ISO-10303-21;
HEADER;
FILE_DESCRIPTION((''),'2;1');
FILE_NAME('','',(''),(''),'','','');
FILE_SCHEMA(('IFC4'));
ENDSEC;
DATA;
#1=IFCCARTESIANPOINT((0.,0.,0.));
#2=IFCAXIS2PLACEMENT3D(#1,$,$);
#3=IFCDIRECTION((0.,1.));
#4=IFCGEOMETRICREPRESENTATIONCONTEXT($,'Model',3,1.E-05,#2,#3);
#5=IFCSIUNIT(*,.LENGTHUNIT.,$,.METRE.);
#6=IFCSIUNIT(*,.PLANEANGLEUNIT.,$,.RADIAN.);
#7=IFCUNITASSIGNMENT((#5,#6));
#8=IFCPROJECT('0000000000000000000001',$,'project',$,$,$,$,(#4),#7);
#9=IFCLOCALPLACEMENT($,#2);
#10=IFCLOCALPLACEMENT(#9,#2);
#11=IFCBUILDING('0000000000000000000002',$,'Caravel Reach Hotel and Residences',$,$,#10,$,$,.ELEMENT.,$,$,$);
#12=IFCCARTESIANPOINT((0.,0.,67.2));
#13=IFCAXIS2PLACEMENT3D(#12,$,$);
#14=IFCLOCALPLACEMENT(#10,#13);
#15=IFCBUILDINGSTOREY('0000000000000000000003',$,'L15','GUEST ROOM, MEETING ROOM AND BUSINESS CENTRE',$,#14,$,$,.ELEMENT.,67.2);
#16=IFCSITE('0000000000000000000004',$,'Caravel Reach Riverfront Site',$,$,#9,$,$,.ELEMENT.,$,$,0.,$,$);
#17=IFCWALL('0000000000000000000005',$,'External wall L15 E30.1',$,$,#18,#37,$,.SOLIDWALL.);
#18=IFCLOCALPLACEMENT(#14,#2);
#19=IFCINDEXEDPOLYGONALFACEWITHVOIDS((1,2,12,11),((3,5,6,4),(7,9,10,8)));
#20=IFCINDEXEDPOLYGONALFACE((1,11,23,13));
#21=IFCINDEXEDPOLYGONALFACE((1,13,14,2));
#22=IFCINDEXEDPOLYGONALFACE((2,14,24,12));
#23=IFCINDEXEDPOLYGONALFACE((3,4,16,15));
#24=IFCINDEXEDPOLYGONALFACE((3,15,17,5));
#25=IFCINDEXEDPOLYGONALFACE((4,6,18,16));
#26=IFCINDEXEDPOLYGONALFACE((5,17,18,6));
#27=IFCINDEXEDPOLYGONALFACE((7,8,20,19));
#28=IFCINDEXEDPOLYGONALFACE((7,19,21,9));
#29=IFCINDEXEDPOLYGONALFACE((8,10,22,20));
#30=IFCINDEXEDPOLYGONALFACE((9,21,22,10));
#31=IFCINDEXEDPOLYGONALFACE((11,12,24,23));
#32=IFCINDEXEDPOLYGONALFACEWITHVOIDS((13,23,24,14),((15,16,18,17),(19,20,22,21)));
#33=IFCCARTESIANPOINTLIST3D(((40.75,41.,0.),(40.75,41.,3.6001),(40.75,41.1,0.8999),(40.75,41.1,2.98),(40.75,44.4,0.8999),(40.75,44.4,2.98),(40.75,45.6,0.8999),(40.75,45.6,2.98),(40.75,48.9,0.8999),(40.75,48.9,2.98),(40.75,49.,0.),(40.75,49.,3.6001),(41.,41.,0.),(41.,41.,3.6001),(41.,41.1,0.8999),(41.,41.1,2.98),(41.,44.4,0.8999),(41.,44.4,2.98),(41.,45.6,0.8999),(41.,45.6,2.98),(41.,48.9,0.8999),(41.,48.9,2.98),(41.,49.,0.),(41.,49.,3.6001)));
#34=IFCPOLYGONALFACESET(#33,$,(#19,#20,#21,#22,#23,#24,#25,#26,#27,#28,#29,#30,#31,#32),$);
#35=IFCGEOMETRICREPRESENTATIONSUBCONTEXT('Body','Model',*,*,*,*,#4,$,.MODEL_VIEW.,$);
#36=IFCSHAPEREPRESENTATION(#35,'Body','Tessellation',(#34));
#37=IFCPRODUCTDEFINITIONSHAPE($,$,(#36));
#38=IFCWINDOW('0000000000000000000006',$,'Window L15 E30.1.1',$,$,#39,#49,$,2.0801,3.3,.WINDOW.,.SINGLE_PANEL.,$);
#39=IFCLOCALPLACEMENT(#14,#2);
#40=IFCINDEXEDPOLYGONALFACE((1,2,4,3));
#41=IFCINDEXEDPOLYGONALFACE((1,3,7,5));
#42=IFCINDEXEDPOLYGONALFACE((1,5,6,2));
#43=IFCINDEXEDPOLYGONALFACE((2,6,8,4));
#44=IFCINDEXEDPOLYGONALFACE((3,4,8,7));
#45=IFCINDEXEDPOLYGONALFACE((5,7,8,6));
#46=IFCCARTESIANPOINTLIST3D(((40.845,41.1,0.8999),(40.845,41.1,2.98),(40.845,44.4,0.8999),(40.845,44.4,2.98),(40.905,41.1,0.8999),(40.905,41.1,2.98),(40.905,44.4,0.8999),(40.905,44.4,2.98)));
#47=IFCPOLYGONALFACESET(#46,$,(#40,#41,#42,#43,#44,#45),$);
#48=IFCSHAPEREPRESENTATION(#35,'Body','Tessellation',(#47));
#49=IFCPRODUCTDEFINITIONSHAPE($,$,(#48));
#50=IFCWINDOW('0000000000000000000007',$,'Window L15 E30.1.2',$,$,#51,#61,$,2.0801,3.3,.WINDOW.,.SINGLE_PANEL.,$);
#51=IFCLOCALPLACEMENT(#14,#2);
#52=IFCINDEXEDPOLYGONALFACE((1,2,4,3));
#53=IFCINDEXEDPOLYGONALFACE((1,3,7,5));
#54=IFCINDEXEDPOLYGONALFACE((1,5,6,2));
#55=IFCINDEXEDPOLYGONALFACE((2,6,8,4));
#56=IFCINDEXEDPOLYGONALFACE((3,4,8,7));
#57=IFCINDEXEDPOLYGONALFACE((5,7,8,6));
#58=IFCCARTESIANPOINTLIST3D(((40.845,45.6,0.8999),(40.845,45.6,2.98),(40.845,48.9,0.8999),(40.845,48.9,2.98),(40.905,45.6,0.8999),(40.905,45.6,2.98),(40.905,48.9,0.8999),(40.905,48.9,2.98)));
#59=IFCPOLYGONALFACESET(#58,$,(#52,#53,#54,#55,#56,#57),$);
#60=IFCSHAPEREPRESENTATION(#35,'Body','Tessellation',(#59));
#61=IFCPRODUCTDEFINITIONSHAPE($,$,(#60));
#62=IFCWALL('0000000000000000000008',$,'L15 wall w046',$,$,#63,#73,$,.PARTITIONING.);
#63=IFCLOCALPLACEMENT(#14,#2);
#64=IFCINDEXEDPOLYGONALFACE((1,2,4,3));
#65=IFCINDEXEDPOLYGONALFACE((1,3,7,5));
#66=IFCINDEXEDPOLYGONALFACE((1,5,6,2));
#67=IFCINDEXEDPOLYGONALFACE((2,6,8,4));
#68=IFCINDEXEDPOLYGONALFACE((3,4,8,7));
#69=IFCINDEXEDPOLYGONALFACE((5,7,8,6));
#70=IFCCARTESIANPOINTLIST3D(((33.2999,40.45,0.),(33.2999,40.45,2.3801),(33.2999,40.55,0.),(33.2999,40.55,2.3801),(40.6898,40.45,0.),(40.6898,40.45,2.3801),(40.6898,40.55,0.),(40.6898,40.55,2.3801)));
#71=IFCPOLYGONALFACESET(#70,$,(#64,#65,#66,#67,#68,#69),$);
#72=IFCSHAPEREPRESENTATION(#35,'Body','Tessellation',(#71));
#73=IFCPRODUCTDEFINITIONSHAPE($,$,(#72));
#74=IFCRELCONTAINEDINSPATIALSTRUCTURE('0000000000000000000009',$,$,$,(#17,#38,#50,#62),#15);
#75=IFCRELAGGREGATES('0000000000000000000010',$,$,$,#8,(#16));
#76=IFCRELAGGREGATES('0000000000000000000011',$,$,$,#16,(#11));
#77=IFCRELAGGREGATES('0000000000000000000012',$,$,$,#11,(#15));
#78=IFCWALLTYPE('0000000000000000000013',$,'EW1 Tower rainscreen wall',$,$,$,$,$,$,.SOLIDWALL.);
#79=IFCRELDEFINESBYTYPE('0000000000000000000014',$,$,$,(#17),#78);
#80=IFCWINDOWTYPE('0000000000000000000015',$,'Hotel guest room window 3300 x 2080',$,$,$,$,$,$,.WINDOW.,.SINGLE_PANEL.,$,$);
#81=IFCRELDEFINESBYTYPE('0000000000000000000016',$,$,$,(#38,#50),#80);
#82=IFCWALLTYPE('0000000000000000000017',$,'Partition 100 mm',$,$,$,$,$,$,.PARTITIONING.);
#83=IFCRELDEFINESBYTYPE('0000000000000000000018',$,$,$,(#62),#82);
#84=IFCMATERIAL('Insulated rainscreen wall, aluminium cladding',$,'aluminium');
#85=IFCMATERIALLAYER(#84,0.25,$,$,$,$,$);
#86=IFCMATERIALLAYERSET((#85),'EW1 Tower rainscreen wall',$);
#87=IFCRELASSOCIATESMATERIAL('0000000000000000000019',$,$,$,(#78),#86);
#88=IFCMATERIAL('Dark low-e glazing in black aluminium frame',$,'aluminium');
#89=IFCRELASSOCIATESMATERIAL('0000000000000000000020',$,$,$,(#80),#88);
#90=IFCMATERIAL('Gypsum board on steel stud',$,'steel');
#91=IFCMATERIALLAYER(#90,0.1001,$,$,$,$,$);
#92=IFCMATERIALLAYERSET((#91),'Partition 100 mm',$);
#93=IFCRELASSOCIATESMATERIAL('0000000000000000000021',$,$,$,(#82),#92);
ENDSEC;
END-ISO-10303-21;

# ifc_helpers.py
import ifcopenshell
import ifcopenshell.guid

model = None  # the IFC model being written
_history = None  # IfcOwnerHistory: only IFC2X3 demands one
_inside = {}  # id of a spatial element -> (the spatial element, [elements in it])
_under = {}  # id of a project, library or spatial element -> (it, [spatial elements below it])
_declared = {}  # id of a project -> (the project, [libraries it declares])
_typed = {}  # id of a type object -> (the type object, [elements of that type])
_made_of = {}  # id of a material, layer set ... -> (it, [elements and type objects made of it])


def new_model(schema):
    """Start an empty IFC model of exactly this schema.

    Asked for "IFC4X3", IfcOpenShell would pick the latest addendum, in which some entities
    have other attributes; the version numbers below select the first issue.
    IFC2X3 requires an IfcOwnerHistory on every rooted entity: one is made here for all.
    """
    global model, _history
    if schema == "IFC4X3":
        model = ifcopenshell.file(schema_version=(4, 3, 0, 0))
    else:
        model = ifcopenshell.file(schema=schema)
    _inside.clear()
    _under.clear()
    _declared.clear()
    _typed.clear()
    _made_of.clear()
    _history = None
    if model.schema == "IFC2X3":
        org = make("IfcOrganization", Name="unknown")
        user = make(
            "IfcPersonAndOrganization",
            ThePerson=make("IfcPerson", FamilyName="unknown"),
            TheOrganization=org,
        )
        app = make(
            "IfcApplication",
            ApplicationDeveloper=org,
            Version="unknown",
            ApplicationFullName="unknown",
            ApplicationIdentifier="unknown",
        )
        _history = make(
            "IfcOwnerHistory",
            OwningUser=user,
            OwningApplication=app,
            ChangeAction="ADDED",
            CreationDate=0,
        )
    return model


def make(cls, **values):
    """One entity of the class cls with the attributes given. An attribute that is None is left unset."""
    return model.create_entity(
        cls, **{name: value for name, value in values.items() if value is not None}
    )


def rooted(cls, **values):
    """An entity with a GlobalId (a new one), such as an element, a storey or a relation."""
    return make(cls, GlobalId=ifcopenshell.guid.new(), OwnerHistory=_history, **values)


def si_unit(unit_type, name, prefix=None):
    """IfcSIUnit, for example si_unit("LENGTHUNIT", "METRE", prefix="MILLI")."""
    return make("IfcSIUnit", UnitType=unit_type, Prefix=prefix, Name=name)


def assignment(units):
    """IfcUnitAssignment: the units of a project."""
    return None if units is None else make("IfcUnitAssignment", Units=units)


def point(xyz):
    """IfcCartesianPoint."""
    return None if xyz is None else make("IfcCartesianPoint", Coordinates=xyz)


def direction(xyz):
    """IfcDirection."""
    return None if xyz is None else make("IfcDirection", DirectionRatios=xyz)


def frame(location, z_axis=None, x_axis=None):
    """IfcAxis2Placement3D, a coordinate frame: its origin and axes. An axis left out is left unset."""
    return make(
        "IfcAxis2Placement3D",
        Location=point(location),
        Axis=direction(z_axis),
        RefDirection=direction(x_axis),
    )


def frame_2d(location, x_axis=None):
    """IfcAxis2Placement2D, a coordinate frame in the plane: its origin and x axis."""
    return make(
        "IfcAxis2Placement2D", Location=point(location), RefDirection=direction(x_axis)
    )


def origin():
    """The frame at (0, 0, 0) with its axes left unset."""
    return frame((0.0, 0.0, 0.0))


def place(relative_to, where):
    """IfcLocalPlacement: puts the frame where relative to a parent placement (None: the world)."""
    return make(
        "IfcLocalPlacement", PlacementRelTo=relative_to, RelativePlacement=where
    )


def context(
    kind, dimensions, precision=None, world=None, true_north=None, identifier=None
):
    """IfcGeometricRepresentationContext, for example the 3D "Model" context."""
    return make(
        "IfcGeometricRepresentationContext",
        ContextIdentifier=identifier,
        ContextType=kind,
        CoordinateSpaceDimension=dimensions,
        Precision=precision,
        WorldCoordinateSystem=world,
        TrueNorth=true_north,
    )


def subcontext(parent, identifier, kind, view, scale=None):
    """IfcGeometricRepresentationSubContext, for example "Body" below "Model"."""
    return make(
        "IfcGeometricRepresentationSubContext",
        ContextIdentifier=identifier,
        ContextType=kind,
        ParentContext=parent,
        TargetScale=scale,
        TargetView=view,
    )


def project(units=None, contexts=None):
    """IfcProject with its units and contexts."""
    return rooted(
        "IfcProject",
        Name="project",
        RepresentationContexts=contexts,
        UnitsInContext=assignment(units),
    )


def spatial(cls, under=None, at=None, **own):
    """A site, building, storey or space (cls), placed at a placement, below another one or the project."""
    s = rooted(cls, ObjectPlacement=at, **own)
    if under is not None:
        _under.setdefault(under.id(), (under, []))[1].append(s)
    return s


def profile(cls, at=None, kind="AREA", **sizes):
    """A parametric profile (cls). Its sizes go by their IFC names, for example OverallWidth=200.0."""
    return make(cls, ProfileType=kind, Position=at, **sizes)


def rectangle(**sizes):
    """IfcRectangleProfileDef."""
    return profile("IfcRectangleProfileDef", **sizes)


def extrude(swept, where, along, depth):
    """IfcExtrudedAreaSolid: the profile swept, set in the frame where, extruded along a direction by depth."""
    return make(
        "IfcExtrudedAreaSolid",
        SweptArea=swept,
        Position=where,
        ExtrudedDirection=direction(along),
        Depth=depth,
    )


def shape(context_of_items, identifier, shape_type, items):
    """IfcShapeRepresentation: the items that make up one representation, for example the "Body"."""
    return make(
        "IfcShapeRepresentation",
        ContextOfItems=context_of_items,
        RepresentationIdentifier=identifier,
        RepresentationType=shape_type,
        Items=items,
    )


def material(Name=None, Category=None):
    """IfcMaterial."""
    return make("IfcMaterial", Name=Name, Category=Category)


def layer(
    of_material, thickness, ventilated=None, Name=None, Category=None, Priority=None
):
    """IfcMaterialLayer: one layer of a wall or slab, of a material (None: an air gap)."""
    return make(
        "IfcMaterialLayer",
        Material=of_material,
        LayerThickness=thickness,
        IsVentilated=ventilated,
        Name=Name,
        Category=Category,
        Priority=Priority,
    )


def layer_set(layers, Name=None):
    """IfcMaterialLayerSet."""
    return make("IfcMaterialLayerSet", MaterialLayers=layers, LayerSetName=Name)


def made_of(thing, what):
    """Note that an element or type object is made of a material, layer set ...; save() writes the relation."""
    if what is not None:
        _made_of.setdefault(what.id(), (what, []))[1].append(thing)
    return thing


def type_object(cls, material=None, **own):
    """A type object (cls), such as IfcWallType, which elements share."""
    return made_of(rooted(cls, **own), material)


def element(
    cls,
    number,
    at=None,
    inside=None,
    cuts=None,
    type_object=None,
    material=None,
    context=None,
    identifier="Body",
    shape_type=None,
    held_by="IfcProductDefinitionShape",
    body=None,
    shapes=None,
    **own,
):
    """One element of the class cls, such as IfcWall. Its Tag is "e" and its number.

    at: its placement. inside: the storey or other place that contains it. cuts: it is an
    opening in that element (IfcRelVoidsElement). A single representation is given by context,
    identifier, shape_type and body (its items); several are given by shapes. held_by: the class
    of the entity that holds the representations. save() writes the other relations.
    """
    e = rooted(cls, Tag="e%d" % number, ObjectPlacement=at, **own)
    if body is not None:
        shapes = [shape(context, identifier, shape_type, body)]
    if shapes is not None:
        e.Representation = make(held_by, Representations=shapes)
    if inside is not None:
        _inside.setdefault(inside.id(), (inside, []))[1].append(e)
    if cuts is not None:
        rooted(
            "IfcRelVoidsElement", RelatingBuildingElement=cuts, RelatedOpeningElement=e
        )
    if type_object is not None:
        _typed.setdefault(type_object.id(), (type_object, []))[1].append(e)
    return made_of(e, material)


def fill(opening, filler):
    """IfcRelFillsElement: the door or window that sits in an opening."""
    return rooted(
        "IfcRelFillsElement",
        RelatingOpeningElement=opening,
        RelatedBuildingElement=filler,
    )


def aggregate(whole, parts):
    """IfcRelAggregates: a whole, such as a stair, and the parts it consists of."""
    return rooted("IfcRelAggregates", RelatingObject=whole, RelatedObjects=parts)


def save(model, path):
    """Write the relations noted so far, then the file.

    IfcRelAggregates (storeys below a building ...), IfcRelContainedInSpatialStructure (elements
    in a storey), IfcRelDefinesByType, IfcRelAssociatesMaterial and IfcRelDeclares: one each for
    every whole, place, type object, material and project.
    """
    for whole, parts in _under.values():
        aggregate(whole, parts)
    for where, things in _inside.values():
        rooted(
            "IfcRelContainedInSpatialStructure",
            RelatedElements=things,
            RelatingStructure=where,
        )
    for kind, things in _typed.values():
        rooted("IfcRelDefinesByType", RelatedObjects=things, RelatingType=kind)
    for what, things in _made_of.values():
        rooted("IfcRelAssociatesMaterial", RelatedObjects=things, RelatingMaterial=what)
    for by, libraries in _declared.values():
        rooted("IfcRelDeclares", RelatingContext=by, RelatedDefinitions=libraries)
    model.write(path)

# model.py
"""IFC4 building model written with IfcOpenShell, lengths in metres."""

from ifc_helpers import new_model, si_unit, direction, frame, frame_2d, origin, place, context, subcontext, project, spatial, rectangle, extrude, material, layer, layer_set, type_object, element, fill, save


model = new_model("IFC4")

# Units and contexts
model_context = context("Model", 3, precision=1e-05, world=origin(), true_north=direction((0.0, 1.0)))
body_context = subcontext(model_context, "Body", "Model", "MODEL_VIEW")
ifc_project = project(units=[si_unit("LENGTHUNIT", "METRE"), si_unit("PLANEANGLEUNIT", "RADIAN")], contexts=[model_context])

# Site, building, storey
site_placement = place(None, origin())
site = spatial("IfcSite", under=ifc_project, at=site_placement, Name="Caravel Reach Riverfront Site", CompositionType="ELEMENT", RefElevation=0.0)
building_placement = place(site_placement, origin())
building = spatial("IfcBuilding", under=site, at=building_placement, Name="Caravel Reach Hotel and Residences", CompositionType="ELEMENT")
storey_placement = place(building_placement, frame((0.0, 0.0, 67.2)))
storey = spatial("IfcBuildingStorey", under=building, at=storey_placement, Name="L15", Description="GUEST ROOM, MEETING ROOM AND BUSINESS CENTRE", CompositionType="ELEMENT", Elevation=67.2)

# Wall, openings, windows
ifc_material_1 = material(Name="Insulated rainscreen wall, aluminium cladding", Category="aluminium")
ifc_layer_1 = layer(ifc_material_1, 0.25)
ifc_layer_set_1 = layer_set([ifc_layer_1], Name="EW1 Tower rainscreen wall")
wall_type_1 = type_object("IfcWallType", Name="EW1 Tower rainscreen wall", PredefinedType="SOLIDWALL", material=ifc_layer_set_1)
wall_1_placement = place(storey_placement, frame((40.875, 41.0, 0.0), z_axis=(0.0, 0.0, 1.0), x_axis=(0.0, 1.0, 0.0)))
wall_1 = element("IfcWall", 1, at=wall_1_placement, inside=storey, type_object=wall_type_1, Name="External wall L15 E30.1", PredefinedType="SOLIDWALL", context=body_context, shape_type="SweptSolid", body=[
    extrude(rectangle(XDim=8.0, YDim=0.25, at=frame_2d((4.0, 0.0))), origin(), (0.0, 0.0, 1.0), 3.6001),
])
opening_1_placement = place(wall_1_placement, frame((0.1001, 0.0, 0.8999)))
opening_1 = element("IfcOpeningElement", 2, at=opening_1_placement, cuts=wall_1, PredefinedType="OPENING", context=body_context, shape_type="SweptSolid", body=[
    extrude(rectangle(XDim=3.3, YDim=2.0801, at=frame_2d((1.6499, 1.04))), frame((0.0, 0.135, 0.0), z_axis=(0.0, -1.0, 0.0), x_axis=(1.0, 0.0, 0.0)), (0.0, 0.0, 1.0), 0.27),
])
opening_2_placement = place(wall_1_placement, frame((4.6001, 0.0, 0.8999)))
opening_2 = element("IfcOpeningElement", 3, at=opening_2_placement, cuts=wall_1, PredefinedType="OPENING", context=body_context, shape_type="SweptSolid", body=[
    extrude(rectangle(XDim=3.3, YDim=2.0801, at=frame_2d((1.6499, 1.04))), frame((0.0, 0.135, 0.0), z_axis=(0.0, -1.0, 0.0), x_axis=(1.0, 0.0, 0.0)), (0.0, 0.0, 1.0), 0.27),
])
ifc_material_2 = material(Name="Dark low-e glazing in black aluminium frame", Category="aluminium")
window_type = type_object("IfcWindowType", Name="Hotel guest room window 3300 x 2080", PartitioningType="SINGLE_PANEL", PredefinedType="WINDOW", material=ifc_material_2)
window_1_placement = place(opening_1_placement, origin())
window_1 = element("IfcWindow", 4, at=window_1_placement, inside=storey, type_object=window_type, Name="Window L15 E30.1.1", OverallHeight=2.0801, OverallWidth=3.3, PartitioningType="SINGLE_PANEL", PredefinedType="WINDOW", context=body_context, shape_type="SweptSolid", body=[
    extrude(rectangle(XDim=3.3, YDim=2.0801, at=frame_2d((1.6499, 1.04))), frame((0.0, 0.03, 0.0), z_axis=(0.0, -1.0, 0.0), x_axis=(1.0, 0.0, 0.0)), (0.0, 0.0, 1.0), 0.0601),
])
fill(opening_1, window_1)
window_2_placement = place(opening_2_placement, origin())
window_2 = element("IfcWindow", 5, at=window_2_placement, inside=storey, type_object=window_type, Name="Window L15 E30.1.2", OverallHeight=2.0801, OverallWidth=3.3, PartitioningType="SINGLE_PANEL", PredefinedType="WINDOW", context=body_context, shape_type="SweptSolid", body=[
    extrude(rectangle(XDim=3.3, YDim=2.0801, at=frame_2d((1.6499, 1.04))), frame((0.0, 0.03, 0.0), z_axis=(0.0, -1.0, 0.0), x_axis=(1.0, 0.0, 0.0)), (0.0, 0.0, 1.0), 0.0601),
])
fill(opening_2, window_2)

# Wall
ifc_material_3 = material(Name="Gypsum board on steel stud", Category="steel")
ifc_layer_2 = layer(ifc_material_3, 0.1001)
ifc_layer_set_2 = layer_set([ifc_layer_2], Name="Partition 100 mm")
wall_type_2 = type_object("IfcWallType", Name="Partition 100 mm", PredefinedType="PARTITIONING", material=ifc_layer_set_2)
wall_2_placement = place(storey_placement, frame((33.3, 40.5, 0.0), z_axis=(0.0, 0.0, 1.0), x_axis=(1.0, 0.0, 0.0)))
element("IfcWall", 6, at=wall_2_placement, inside=storey, type_object=wall_type_2, Name="L15 wall w046", PredefinedType="PARTITIONING", context=body_context, shape_type="SweptSolid", body=[
    extrude(rectangle(XDim=7.3899, YDim=0.1001, at=frame_2d((3.6948, 0.0))), origin(), (0.0, 0.0, 1.0), 2.3801),
])

save(model, "model.ifc")
